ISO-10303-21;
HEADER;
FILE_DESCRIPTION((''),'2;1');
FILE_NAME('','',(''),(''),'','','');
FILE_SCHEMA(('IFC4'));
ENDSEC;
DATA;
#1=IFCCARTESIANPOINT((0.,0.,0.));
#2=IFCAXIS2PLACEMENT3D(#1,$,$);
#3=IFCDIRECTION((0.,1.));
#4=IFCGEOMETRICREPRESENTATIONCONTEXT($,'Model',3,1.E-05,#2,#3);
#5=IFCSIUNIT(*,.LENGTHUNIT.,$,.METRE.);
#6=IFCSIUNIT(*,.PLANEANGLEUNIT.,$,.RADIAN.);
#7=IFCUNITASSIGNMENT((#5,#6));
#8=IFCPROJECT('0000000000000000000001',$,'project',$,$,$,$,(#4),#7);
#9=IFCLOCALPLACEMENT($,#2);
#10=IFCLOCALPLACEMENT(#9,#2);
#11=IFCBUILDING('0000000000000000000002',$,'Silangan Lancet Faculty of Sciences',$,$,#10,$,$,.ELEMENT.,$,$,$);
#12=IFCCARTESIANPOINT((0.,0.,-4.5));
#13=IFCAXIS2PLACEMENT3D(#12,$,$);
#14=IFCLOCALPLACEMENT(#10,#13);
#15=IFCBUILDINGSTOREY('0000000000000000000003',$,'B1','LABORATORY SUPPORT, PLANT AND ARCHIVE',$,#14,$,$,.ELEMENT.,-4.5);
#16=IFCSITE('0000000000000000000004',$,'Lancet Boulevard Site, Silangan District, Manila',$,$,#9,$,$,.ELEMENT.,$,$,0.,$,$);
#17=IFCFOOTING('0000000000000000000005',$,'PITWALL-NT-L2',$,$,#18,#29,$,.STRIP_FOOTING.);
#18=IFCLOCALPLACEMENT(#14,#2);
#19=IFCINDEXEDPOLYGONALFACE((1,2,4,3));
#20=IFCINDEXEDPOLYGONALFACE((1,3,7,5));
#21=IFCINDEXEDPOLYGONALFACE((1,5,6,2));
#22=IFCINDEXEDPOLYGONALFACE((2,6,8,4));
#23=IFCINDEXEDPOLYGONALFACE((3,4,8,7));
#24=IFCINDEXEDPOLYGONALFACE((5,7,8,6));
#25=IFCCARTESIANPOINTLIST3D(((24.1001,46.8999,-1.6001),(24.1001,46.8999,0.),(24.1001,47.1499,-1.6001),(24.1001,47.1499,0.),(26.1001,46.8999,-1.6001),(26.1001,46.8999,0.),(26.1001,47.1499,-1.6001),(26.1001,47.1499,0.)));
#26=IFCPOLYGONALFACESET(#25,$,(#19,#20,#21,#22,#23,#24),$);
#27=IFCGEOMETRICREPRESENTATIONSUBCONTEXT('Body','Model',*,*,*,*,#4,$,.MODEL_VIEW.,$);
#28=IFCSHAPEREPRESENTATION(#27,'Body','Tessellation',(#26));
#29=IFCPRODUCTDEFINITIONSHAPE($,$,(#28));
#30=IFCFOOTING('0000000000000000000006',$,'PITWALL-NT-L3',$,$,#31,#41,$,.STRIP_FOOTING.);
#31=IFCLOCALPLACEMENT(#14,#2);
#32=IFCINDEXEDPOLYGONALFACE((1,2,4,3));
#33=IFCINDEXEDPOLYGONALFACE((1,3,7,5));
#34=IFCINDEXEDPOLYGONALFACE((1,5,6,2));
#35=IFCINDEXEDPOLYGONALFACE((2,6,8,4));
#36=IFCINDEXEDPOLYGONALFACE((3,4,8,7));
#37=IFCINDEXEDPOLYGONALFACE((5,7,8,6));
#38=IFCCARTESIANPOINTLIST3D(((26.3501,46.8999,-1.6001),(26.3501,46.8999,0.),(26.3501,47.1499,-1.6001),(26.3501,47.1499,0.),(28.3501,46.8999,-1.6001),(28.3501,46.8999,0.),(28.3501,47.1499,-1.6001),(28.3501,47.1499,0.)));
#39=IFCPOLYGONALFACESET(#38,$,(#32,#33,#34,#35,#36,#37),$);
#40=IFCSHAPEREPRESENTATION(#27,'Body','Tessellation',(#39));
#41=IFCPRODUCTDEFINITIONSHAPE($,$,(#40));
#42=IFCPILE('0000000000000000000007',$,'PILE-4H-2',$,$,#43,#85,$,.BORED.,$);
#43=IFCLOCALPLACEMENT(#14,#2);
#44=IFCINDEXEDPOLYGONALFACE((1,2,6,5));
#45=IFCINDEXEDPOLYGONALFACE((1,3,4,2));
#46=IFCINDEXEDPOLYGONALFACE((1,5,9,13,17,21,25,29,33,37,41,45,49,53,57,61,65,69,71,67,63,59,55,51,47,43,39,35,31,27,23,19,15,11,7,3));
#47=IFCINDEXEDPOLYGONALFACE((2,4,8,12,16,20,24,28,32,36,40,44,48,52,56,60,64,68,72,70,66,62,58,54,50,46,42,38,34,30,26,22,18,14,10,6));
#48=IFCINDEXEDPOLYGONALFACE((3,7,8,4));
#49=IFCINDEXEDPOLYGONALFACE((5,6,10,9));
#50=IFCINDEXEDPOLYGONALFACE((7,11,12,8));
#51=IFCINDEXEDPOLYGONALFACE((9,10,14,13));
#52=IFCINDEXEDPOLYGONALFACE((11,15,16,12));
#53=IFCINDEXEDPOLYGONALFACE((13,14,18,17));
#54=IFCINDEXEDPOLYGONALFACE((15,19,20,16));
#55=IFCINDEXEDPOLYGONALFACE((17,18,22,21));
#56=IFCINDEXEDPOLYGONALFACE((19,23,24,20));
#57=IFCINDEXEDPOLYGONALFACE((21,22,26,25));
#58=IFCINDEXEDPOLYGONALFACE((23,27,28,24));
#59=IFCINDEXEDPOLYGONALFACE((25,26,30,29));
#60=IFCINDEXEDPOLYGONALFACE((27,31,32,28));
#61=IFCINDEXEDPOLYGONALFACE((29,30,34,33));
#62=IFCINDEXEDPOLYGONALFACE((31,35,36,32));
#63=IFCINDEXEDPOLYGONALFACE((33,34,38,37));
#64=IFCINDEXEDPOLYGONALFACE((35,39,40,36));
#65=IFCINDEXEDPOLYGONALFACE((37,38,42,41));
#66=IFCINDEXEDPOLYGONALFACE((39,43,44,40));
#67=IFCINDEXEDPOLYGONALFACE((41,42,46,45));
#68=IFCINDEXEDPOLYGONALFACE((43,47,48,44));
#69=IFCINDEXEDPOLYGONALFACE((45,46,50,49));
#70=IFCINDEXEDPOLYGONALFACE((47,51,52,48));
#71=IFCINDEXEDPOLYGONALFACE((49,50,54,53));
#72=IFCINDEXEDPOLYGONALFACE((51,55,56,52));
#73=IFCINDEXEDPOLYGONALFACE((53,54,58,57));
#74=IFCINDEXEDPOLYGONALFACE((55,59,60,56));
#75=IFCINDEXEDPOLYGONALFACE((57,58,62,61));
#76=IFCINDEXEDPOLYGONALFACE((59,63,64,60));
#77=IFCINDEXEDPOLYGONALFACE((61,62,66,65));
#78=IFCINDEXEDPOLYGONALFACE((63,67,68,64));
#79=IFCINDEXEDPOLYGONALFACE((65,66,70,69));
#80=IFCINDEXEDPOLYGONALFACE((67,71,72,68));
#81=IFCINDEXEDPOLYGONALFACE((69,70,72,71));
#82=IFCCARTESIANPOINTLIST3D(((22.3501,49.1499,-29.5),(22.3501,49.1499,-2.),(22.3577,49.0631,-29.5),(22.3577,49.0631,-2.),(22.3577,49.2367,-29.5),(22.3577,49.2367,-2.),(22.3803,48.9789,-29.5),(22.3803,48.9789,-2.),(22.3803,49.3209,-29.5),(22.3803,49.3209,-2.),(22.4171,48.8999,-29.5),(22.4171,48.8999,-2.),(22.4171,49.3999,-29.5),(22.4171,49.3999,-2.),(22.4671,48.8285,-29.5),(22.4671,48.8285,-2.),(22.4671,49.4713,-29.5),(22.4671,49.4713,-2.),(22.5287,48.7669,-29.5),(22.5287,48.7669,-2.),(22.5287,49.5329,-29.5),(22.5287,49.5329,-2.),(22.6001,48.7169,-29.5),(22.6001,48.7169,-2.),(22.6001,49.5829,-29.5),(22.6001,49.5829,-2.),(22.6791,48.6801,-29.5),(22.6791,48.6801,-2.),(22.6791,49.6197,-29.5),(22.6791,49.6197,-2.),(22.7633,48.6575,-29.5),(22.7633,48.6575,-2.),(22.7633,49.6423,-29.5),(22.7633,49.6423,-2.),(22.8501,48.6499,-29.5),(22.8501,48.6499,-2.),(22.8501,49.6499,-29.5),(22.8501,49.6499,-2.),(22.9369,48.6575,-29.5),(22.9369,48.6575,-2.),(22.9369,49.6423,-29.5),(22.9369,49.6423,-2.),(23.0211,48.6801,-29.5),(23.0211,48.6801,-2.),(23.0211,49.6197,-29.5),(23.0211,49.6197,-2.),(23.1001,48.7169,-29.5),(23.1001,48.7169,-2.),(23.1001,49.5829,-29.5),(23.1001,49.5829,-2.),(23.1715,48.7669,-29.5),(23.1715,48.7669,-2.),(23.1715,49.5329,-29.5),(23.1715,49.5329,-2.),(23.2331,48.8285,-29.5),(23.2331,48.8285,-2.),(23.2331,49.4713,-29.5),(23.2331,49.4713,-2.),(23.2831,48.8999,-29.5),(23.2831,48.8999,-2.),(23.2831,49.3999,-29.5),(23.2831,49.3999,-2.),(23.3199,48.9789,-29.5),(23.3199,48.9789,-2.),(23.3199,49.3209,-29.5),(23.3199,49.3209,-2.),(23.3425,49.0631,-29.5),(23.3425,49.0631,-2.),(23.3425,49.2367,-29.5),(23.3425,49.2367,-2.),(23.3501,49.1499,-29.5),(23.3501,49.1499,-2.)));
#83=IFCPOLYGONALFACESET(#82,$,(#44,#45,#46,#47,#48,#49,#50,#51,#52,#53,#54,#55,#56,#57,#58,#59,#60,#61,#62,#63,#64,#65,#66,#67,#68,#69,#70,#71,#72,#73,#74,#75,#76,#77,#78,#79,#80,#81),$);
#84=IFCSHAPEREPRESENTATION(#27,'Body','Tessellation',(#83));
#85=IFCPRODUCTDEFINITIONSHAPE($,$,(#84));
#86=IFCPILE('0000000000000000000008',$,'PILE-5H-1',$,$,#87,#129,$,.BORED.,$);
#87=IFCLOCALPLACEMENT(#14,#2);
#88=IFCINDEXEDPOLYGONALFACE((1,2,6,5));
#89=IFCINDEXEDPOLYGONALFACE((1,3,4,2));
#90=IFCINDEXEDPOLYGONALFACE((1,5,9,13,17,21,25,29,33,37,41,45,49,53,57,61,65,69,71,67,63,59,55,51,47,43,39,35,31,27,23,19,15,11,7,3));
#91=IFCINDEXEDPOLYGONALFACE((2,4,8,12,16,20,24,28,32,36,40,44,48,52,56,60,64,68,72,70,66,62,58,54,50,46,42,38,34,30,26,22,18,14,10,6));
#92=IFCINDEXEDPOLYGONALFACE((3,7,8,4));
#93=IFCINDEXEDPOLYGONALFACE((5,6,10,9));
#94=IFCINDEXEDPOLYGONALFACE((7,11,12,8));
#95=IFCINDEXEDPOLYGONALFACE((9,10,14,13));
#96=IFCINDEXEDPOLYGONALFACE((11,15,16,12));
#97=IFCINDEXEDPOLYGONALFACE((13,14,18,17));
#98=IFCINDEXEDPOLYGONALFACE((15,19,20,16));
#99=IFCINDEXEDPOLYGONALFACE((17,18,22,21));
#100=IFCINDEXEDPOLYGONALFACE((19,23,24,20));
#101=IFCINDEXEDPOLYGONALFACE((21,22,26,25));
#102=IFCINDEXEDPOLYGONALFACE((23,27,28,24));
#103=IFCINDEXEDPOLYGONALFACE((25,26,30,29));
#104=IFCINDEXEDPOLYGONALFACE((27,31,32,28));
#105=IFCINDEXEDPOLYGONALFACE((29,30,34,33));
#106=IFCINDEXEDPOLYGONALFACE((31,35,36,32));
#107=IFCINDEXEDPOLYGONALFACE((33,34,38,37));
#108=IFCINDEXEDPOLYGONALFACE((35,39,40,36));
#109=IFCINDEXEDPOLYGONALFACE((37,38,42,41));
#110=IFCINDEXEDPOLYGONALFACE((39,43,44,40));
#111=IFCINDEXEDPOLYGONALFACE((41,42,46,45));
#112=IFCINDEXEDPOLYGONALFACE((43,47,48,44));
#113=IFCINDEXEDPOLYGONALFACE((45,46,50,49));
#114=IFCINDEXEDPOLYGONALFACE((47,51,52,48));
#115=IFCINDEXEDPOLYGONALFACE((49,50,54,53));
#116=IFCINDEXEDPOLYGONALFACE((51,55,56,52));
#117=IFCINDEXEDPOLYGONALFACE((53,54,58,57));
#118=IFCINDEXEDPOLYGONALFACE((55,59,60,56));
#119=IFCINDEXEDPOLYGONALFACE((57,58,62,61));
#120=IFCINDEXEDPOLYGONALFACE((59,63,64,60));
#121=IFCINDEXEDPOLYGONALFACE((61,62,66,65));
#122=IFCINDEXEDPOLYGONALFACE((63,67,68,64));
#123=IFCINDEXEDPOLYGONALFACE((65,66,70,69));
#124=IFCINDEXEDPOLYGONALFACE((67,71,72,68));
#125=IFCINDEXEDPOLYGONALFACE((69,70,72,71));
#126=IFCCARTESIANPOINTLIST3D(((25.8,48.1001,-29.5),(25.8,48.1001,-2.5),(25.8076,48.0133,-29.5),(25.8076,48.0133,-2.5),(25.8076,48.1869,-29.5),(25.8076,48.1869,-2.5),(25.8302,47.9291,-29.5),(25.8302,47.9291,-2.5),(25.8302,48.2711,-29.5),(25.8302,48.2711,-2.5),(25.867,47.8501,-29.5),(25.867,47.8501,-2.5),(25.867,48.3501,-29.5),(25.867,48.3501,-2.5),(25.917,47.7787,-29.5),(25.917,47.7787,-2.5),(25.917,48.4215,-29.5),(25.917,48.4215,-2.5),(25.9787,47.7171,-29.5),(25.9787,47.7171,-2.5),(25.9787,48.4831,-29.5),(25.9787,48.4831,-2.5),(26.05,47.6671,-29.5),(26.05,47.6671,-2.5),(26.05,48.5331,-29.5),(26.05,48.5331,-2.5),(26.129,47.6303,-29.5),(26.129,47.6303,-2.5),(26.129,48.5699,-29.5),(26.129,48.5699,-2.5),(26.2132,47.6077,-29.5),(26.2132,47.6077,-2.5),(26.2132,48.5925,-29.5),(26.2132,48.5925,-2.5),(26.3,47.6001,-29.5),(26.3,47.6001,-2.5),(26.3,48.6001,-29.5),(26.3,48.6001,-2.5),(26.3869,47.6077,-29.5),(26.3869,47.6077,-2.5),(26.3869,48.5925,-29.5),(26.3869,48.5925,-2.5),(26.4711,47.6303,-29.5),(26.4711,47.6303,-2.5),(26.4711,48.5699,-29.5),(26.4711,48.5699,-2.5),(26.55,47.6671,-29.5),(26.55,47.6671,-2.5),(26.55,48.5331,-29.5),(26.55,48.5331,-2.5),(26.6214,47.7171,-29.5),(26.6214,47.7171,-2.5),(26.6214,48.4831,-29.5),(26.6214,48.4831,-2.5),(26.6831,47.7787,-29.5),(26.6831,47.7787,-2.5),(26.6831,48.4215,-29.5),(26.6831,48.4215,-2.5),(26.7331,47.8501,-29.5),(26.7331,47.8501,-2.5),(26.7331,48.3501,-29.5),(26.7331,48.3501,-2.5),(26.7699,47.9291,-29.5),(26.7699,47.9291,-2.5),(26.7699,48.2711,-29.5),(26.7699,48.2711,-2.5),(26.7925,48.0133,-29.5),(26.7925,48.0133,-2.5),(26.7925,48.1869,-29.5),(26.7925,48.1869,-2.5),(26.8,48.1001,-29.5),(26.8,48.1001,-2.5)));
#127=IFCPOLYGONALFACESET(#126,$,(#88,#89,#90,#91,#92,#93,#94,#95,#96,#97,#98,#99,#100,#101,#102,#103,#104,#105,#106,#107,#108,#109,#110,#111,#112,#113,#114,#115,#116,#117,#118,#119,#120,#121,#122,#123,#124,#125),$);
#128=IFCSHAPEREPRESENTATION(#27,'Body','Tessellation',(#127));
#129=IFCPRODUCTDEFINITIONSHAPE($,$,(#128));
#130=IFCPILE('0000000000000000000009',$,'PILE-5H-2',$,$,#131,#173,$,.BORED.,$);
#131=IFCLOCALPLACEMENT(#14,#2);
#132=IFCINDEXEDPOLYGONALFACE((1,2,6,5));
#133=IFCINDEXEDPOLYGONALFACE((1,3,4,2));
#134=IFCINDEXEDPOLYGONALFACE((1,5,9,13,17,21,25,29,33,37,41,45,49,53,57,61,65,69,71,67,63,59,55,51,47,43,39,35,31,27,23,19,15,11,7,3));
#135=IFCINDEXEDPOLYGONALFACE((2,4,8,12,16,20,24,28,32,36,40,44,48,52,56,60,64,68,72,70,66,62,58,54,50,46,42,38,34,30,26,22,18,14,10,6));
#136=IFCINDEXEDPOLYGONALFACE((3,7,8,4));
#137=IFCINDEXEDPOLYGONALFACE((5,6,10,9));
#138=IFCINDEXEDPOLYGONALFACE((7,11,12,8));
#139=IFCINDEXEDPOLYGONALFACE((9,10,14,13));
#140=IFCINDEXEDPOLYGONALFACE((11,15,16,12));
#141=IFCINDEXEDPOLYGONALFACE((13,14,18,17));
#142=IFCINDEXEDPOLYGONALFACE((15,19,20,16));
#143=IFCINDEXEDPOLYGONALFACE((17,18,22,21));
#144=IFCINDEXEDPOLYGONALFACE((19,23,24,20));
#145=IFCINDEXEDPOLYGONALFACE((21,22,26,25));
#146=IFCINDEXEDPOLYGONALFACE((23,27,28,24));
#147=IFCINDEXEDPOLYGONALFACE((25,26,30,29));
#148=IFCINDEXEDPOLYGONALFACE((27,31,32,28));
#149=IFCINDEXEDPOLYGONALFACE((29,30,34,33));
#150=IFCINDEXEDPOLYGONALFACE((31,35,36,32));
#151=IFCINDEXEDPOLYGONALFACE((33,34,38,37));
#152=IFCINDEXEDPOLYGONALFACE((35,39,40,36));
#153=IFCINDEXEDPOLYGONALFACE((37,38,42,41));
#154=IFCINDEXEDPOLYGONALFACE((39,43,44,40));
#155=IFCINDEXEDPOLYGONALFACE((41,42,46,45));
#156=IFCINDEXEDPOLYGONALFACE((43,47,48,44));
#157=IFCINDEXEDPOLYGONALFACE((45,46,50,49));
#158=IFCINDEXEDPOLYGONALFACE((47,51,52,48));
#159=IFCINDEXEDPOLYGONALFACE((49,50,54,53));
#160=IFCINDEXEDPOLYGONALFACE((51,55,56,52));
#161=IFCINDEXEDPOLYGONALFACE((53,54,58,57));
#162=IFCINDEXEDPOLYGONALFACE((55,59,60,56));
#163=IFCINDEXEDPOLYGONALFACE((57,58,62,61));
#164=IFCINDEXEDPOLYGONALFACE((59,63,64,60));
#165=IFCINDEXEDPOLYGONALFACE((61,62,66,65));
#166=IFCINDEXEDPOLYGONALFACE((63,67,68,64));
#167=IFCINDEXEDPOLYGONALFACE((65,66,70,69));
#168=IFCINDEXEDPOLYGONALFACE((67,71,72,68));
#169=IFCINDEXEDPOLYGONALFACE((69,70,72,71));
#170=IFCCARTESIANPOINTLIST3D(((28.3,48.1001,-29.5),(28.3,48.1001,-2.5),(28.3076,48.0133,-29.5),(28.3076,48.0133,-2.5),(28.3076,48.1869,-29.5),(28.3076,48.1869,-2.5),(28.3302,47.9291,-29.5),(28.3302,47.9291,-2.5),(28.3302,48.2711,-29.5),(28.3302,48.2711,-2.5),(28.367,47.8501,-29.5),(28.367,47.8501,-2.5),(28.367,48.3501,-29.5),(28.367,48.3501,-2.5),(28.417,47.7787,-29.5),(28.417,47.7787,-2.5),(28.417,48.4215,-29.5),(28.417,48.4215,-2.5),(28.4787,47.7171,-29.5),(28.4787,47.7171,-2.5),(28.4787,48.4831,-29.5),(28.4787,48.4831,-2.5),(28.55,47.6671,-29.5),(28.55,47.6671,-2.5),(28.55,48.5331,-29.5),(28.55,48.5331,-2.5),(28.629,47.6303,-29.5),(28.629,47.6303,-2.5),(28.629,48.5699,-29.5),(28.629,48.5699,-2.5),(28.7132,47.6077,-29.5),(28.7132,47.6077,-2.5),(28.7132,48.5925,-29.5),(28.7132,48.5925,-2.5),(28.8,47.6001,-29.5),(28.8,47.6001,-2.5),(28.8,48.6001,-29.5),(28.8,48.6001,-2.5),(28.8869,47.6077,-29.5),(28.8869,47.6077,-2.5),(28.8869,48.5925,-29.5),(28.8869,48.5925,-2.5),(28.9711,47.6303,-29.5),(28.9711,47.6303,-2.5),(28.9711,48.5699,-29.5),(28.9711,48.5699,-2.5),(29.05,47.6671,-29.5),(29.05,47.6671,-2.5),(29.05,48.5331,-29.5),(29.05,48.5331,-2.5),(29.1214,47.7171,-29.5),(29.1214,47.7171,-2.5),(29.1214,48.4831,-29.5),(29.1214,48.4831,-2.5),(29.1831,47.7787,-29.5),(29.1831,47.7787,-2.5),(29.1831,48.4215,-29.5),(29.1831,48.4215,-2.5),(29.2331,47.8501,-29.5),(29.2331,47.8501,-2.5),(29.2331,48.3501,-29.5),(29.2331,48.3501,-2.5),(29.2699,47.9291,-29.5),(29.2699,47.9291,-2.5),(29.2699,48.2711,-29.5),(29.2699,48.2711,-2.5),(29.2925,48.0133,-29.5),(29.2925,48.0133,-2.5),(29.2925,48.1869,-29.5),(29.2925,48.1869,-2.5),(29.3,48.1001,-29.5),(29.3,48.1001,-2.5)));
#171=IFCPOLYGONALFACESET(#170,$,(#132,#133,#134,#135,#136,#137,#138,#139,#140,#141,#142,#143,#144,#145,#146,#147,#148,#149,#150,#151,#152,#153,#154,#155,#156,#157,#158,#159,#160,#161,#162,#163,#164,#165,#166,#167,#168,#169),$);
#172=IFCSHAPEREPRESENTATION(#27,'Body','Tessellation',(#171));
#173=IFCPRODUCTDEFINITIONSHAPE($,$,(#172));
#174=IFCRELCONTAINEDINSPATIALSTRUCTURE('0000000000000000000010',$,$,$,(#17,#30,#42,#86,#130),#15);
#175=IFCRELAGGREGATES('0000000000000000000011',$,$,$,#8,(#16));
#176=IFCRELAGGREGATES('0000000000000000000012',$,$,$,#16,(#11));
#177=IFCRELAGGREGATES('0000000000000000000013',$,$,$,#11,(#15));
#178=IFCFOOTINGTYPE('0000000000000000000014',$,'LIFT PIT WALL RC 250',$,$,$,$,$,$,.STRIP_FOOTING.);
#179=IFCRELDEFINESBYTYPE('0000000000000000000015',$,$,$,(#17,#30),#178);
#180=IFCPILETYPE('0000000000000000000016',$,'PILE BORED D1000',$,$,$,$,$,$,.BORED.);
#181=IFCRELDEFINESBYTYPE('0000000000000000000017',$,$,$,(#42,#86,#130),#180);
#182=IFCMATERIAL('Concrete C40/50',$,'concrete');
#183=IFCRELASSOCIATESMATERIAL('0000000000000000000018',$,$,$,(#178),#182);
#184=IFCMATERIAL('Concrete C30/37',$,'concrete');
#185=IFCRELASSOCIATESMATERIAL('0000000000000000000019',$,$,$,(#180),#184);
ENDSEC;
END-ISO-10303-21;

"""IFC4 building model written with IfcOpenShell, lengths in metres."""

from ifc_helpers import new_model, si_unit, direction, frame, origin, origin_2d, place, context, subcontext, project, spatial, rectangle, circle, extrude, material, material_profile, profile_set, type_object, element, save


model = new_model("IFC4")

# Units and contexts
model_context = context("Model", 3, precision=1e-05, world=origin(), true_north=direction((0.0, 1.0)))
body_context = subcontext(model_context, "Body", "Model", "MODEL_VIEW")
ifc_project = project(units=[si_unit("LENGTHUNIT", "METRE"), si_unit("PLANEANGLEUNIT", "RADIAN")], contexts=[model_context])

# Site, building, storey
site_placement = place(None, origin())
site = spatial("IfcSite", under=ifc_project, at=site_placement, Name="Lancet Boulevard Site, Silangan District, Manila", CompositionType="ELEMENT", RefElevation=0.0)
building_placement = place(site_placement, origin())
building = spatial("IfcBuilding", under=site, at=building_placement, Name="Silangan Lancet Faculty of Sciences", CompositionType="ELEMENT")
storey_placement = place(building_placement, frame((0.0, 0.0, -4.5)))
storey = spatial("IfcBuildingStorey", under=building, at=storey_placement, Name="B1", Description="LABORATORY SUPPORT, PLANT AND ARCHIVE", CompositionType="ELEMENT", Elevation=-4.5)

# Footings
ifc_material_1 = material(Name="Concrete C40/50", Category="concrete")
footing_type_1 = type_object("IfcFootingType", Name="LIFT PIT WALL RC 250", PredefinedType="STRIP_FOOTING", material=ifc_material_1)
for number, where, z_axis, x_axis, name in (
    (1, (25.1001, 47.0249, -1.6001), (0.0, 0.0, 1.0), (1.0, 0.0, 0.0), "PITWALL-NT-L2"),
    (2, (27.3501, 47.0249, -1.6001), (0.0, 0.0, 1.0), (1.0, 0.0, 0.0), "PITWALL-NT-L3"),
):
    element("IfcFooting", number, at=place(storey_placement, frame(where, z_axis=z_axis, x_axis=x_axis)), inside=storey, type_object=footing_type_1, Name=name, PredefinedType="STRIP_FOOTING", context=body_context, shape_type="SweptSolid", body=[
        extrude(rectangle(XDim=2.0, YDim=0.25, at=origin_2d()), origin(), (0.0, 0.0, 1.0), 1.6001),
    ])

# Piles
ifc_material_2 = material(Name="Concrete C30/37", Category="concrete")
ifc_material_profile_1 = material_profile(ifc_material_2, circle(Radius=0.5, at=origin_2d()), Name="BORED PILE D1000")
ifc_profile_set_1 = profile_set([ifc_material_profile_1], Name="Concrete C30/37")
pile_type = type_object("IfcPileType", Name="PILE BORED D1000", PredefinedType="BORED", material=ifc_profile_set_1)
pile_placement = place(storey_placement, frame((22.8501, 49.1499, -2.0), z_axis=(0.0, 0.0, -1.0), x_axis=(1.0, 0.0, 0.0)))
element("IfcPile", 3, at=pile_placement, inside=storey, type_object=pile_type, Name="PILE-4H-2", PredefinedType="BORED", context=body_context, shape_type="SweptSolid", body=[
    extrude(circle(Radius=0.5, at=origin_2d()), origin(), (0.0, 0.0, 1.0), 27.5),
])
for number, where, z_axis, x_axis, name in (
    (4, (26.3, 48.1001, -2.5), (0.0, 0.0, -1.0), (1.0, 0.0, 0.0), "PILE-5H-1"),
    (5, (28.8, 48.1001, -2.5), (0.0, 0.0, -1.0), (1.0, 0.0, 0.0), "PILE-5H-2"),
):
    element("IfcPile", number, at=place(storey_placement, frame(where, z_axis=z_axis, x_axis=x_axis)), inside=storey, type_object=pile_type, Name=name, PredefinedType="BORED", context=body_context, shape_type="SweptSolid", body=[
        extrude(circle(Radius=0.5, at=origin_2d()), origin(), (0.0, 0.0, 1.0), 27.0),
    ])

save(model, "model.ifc")
